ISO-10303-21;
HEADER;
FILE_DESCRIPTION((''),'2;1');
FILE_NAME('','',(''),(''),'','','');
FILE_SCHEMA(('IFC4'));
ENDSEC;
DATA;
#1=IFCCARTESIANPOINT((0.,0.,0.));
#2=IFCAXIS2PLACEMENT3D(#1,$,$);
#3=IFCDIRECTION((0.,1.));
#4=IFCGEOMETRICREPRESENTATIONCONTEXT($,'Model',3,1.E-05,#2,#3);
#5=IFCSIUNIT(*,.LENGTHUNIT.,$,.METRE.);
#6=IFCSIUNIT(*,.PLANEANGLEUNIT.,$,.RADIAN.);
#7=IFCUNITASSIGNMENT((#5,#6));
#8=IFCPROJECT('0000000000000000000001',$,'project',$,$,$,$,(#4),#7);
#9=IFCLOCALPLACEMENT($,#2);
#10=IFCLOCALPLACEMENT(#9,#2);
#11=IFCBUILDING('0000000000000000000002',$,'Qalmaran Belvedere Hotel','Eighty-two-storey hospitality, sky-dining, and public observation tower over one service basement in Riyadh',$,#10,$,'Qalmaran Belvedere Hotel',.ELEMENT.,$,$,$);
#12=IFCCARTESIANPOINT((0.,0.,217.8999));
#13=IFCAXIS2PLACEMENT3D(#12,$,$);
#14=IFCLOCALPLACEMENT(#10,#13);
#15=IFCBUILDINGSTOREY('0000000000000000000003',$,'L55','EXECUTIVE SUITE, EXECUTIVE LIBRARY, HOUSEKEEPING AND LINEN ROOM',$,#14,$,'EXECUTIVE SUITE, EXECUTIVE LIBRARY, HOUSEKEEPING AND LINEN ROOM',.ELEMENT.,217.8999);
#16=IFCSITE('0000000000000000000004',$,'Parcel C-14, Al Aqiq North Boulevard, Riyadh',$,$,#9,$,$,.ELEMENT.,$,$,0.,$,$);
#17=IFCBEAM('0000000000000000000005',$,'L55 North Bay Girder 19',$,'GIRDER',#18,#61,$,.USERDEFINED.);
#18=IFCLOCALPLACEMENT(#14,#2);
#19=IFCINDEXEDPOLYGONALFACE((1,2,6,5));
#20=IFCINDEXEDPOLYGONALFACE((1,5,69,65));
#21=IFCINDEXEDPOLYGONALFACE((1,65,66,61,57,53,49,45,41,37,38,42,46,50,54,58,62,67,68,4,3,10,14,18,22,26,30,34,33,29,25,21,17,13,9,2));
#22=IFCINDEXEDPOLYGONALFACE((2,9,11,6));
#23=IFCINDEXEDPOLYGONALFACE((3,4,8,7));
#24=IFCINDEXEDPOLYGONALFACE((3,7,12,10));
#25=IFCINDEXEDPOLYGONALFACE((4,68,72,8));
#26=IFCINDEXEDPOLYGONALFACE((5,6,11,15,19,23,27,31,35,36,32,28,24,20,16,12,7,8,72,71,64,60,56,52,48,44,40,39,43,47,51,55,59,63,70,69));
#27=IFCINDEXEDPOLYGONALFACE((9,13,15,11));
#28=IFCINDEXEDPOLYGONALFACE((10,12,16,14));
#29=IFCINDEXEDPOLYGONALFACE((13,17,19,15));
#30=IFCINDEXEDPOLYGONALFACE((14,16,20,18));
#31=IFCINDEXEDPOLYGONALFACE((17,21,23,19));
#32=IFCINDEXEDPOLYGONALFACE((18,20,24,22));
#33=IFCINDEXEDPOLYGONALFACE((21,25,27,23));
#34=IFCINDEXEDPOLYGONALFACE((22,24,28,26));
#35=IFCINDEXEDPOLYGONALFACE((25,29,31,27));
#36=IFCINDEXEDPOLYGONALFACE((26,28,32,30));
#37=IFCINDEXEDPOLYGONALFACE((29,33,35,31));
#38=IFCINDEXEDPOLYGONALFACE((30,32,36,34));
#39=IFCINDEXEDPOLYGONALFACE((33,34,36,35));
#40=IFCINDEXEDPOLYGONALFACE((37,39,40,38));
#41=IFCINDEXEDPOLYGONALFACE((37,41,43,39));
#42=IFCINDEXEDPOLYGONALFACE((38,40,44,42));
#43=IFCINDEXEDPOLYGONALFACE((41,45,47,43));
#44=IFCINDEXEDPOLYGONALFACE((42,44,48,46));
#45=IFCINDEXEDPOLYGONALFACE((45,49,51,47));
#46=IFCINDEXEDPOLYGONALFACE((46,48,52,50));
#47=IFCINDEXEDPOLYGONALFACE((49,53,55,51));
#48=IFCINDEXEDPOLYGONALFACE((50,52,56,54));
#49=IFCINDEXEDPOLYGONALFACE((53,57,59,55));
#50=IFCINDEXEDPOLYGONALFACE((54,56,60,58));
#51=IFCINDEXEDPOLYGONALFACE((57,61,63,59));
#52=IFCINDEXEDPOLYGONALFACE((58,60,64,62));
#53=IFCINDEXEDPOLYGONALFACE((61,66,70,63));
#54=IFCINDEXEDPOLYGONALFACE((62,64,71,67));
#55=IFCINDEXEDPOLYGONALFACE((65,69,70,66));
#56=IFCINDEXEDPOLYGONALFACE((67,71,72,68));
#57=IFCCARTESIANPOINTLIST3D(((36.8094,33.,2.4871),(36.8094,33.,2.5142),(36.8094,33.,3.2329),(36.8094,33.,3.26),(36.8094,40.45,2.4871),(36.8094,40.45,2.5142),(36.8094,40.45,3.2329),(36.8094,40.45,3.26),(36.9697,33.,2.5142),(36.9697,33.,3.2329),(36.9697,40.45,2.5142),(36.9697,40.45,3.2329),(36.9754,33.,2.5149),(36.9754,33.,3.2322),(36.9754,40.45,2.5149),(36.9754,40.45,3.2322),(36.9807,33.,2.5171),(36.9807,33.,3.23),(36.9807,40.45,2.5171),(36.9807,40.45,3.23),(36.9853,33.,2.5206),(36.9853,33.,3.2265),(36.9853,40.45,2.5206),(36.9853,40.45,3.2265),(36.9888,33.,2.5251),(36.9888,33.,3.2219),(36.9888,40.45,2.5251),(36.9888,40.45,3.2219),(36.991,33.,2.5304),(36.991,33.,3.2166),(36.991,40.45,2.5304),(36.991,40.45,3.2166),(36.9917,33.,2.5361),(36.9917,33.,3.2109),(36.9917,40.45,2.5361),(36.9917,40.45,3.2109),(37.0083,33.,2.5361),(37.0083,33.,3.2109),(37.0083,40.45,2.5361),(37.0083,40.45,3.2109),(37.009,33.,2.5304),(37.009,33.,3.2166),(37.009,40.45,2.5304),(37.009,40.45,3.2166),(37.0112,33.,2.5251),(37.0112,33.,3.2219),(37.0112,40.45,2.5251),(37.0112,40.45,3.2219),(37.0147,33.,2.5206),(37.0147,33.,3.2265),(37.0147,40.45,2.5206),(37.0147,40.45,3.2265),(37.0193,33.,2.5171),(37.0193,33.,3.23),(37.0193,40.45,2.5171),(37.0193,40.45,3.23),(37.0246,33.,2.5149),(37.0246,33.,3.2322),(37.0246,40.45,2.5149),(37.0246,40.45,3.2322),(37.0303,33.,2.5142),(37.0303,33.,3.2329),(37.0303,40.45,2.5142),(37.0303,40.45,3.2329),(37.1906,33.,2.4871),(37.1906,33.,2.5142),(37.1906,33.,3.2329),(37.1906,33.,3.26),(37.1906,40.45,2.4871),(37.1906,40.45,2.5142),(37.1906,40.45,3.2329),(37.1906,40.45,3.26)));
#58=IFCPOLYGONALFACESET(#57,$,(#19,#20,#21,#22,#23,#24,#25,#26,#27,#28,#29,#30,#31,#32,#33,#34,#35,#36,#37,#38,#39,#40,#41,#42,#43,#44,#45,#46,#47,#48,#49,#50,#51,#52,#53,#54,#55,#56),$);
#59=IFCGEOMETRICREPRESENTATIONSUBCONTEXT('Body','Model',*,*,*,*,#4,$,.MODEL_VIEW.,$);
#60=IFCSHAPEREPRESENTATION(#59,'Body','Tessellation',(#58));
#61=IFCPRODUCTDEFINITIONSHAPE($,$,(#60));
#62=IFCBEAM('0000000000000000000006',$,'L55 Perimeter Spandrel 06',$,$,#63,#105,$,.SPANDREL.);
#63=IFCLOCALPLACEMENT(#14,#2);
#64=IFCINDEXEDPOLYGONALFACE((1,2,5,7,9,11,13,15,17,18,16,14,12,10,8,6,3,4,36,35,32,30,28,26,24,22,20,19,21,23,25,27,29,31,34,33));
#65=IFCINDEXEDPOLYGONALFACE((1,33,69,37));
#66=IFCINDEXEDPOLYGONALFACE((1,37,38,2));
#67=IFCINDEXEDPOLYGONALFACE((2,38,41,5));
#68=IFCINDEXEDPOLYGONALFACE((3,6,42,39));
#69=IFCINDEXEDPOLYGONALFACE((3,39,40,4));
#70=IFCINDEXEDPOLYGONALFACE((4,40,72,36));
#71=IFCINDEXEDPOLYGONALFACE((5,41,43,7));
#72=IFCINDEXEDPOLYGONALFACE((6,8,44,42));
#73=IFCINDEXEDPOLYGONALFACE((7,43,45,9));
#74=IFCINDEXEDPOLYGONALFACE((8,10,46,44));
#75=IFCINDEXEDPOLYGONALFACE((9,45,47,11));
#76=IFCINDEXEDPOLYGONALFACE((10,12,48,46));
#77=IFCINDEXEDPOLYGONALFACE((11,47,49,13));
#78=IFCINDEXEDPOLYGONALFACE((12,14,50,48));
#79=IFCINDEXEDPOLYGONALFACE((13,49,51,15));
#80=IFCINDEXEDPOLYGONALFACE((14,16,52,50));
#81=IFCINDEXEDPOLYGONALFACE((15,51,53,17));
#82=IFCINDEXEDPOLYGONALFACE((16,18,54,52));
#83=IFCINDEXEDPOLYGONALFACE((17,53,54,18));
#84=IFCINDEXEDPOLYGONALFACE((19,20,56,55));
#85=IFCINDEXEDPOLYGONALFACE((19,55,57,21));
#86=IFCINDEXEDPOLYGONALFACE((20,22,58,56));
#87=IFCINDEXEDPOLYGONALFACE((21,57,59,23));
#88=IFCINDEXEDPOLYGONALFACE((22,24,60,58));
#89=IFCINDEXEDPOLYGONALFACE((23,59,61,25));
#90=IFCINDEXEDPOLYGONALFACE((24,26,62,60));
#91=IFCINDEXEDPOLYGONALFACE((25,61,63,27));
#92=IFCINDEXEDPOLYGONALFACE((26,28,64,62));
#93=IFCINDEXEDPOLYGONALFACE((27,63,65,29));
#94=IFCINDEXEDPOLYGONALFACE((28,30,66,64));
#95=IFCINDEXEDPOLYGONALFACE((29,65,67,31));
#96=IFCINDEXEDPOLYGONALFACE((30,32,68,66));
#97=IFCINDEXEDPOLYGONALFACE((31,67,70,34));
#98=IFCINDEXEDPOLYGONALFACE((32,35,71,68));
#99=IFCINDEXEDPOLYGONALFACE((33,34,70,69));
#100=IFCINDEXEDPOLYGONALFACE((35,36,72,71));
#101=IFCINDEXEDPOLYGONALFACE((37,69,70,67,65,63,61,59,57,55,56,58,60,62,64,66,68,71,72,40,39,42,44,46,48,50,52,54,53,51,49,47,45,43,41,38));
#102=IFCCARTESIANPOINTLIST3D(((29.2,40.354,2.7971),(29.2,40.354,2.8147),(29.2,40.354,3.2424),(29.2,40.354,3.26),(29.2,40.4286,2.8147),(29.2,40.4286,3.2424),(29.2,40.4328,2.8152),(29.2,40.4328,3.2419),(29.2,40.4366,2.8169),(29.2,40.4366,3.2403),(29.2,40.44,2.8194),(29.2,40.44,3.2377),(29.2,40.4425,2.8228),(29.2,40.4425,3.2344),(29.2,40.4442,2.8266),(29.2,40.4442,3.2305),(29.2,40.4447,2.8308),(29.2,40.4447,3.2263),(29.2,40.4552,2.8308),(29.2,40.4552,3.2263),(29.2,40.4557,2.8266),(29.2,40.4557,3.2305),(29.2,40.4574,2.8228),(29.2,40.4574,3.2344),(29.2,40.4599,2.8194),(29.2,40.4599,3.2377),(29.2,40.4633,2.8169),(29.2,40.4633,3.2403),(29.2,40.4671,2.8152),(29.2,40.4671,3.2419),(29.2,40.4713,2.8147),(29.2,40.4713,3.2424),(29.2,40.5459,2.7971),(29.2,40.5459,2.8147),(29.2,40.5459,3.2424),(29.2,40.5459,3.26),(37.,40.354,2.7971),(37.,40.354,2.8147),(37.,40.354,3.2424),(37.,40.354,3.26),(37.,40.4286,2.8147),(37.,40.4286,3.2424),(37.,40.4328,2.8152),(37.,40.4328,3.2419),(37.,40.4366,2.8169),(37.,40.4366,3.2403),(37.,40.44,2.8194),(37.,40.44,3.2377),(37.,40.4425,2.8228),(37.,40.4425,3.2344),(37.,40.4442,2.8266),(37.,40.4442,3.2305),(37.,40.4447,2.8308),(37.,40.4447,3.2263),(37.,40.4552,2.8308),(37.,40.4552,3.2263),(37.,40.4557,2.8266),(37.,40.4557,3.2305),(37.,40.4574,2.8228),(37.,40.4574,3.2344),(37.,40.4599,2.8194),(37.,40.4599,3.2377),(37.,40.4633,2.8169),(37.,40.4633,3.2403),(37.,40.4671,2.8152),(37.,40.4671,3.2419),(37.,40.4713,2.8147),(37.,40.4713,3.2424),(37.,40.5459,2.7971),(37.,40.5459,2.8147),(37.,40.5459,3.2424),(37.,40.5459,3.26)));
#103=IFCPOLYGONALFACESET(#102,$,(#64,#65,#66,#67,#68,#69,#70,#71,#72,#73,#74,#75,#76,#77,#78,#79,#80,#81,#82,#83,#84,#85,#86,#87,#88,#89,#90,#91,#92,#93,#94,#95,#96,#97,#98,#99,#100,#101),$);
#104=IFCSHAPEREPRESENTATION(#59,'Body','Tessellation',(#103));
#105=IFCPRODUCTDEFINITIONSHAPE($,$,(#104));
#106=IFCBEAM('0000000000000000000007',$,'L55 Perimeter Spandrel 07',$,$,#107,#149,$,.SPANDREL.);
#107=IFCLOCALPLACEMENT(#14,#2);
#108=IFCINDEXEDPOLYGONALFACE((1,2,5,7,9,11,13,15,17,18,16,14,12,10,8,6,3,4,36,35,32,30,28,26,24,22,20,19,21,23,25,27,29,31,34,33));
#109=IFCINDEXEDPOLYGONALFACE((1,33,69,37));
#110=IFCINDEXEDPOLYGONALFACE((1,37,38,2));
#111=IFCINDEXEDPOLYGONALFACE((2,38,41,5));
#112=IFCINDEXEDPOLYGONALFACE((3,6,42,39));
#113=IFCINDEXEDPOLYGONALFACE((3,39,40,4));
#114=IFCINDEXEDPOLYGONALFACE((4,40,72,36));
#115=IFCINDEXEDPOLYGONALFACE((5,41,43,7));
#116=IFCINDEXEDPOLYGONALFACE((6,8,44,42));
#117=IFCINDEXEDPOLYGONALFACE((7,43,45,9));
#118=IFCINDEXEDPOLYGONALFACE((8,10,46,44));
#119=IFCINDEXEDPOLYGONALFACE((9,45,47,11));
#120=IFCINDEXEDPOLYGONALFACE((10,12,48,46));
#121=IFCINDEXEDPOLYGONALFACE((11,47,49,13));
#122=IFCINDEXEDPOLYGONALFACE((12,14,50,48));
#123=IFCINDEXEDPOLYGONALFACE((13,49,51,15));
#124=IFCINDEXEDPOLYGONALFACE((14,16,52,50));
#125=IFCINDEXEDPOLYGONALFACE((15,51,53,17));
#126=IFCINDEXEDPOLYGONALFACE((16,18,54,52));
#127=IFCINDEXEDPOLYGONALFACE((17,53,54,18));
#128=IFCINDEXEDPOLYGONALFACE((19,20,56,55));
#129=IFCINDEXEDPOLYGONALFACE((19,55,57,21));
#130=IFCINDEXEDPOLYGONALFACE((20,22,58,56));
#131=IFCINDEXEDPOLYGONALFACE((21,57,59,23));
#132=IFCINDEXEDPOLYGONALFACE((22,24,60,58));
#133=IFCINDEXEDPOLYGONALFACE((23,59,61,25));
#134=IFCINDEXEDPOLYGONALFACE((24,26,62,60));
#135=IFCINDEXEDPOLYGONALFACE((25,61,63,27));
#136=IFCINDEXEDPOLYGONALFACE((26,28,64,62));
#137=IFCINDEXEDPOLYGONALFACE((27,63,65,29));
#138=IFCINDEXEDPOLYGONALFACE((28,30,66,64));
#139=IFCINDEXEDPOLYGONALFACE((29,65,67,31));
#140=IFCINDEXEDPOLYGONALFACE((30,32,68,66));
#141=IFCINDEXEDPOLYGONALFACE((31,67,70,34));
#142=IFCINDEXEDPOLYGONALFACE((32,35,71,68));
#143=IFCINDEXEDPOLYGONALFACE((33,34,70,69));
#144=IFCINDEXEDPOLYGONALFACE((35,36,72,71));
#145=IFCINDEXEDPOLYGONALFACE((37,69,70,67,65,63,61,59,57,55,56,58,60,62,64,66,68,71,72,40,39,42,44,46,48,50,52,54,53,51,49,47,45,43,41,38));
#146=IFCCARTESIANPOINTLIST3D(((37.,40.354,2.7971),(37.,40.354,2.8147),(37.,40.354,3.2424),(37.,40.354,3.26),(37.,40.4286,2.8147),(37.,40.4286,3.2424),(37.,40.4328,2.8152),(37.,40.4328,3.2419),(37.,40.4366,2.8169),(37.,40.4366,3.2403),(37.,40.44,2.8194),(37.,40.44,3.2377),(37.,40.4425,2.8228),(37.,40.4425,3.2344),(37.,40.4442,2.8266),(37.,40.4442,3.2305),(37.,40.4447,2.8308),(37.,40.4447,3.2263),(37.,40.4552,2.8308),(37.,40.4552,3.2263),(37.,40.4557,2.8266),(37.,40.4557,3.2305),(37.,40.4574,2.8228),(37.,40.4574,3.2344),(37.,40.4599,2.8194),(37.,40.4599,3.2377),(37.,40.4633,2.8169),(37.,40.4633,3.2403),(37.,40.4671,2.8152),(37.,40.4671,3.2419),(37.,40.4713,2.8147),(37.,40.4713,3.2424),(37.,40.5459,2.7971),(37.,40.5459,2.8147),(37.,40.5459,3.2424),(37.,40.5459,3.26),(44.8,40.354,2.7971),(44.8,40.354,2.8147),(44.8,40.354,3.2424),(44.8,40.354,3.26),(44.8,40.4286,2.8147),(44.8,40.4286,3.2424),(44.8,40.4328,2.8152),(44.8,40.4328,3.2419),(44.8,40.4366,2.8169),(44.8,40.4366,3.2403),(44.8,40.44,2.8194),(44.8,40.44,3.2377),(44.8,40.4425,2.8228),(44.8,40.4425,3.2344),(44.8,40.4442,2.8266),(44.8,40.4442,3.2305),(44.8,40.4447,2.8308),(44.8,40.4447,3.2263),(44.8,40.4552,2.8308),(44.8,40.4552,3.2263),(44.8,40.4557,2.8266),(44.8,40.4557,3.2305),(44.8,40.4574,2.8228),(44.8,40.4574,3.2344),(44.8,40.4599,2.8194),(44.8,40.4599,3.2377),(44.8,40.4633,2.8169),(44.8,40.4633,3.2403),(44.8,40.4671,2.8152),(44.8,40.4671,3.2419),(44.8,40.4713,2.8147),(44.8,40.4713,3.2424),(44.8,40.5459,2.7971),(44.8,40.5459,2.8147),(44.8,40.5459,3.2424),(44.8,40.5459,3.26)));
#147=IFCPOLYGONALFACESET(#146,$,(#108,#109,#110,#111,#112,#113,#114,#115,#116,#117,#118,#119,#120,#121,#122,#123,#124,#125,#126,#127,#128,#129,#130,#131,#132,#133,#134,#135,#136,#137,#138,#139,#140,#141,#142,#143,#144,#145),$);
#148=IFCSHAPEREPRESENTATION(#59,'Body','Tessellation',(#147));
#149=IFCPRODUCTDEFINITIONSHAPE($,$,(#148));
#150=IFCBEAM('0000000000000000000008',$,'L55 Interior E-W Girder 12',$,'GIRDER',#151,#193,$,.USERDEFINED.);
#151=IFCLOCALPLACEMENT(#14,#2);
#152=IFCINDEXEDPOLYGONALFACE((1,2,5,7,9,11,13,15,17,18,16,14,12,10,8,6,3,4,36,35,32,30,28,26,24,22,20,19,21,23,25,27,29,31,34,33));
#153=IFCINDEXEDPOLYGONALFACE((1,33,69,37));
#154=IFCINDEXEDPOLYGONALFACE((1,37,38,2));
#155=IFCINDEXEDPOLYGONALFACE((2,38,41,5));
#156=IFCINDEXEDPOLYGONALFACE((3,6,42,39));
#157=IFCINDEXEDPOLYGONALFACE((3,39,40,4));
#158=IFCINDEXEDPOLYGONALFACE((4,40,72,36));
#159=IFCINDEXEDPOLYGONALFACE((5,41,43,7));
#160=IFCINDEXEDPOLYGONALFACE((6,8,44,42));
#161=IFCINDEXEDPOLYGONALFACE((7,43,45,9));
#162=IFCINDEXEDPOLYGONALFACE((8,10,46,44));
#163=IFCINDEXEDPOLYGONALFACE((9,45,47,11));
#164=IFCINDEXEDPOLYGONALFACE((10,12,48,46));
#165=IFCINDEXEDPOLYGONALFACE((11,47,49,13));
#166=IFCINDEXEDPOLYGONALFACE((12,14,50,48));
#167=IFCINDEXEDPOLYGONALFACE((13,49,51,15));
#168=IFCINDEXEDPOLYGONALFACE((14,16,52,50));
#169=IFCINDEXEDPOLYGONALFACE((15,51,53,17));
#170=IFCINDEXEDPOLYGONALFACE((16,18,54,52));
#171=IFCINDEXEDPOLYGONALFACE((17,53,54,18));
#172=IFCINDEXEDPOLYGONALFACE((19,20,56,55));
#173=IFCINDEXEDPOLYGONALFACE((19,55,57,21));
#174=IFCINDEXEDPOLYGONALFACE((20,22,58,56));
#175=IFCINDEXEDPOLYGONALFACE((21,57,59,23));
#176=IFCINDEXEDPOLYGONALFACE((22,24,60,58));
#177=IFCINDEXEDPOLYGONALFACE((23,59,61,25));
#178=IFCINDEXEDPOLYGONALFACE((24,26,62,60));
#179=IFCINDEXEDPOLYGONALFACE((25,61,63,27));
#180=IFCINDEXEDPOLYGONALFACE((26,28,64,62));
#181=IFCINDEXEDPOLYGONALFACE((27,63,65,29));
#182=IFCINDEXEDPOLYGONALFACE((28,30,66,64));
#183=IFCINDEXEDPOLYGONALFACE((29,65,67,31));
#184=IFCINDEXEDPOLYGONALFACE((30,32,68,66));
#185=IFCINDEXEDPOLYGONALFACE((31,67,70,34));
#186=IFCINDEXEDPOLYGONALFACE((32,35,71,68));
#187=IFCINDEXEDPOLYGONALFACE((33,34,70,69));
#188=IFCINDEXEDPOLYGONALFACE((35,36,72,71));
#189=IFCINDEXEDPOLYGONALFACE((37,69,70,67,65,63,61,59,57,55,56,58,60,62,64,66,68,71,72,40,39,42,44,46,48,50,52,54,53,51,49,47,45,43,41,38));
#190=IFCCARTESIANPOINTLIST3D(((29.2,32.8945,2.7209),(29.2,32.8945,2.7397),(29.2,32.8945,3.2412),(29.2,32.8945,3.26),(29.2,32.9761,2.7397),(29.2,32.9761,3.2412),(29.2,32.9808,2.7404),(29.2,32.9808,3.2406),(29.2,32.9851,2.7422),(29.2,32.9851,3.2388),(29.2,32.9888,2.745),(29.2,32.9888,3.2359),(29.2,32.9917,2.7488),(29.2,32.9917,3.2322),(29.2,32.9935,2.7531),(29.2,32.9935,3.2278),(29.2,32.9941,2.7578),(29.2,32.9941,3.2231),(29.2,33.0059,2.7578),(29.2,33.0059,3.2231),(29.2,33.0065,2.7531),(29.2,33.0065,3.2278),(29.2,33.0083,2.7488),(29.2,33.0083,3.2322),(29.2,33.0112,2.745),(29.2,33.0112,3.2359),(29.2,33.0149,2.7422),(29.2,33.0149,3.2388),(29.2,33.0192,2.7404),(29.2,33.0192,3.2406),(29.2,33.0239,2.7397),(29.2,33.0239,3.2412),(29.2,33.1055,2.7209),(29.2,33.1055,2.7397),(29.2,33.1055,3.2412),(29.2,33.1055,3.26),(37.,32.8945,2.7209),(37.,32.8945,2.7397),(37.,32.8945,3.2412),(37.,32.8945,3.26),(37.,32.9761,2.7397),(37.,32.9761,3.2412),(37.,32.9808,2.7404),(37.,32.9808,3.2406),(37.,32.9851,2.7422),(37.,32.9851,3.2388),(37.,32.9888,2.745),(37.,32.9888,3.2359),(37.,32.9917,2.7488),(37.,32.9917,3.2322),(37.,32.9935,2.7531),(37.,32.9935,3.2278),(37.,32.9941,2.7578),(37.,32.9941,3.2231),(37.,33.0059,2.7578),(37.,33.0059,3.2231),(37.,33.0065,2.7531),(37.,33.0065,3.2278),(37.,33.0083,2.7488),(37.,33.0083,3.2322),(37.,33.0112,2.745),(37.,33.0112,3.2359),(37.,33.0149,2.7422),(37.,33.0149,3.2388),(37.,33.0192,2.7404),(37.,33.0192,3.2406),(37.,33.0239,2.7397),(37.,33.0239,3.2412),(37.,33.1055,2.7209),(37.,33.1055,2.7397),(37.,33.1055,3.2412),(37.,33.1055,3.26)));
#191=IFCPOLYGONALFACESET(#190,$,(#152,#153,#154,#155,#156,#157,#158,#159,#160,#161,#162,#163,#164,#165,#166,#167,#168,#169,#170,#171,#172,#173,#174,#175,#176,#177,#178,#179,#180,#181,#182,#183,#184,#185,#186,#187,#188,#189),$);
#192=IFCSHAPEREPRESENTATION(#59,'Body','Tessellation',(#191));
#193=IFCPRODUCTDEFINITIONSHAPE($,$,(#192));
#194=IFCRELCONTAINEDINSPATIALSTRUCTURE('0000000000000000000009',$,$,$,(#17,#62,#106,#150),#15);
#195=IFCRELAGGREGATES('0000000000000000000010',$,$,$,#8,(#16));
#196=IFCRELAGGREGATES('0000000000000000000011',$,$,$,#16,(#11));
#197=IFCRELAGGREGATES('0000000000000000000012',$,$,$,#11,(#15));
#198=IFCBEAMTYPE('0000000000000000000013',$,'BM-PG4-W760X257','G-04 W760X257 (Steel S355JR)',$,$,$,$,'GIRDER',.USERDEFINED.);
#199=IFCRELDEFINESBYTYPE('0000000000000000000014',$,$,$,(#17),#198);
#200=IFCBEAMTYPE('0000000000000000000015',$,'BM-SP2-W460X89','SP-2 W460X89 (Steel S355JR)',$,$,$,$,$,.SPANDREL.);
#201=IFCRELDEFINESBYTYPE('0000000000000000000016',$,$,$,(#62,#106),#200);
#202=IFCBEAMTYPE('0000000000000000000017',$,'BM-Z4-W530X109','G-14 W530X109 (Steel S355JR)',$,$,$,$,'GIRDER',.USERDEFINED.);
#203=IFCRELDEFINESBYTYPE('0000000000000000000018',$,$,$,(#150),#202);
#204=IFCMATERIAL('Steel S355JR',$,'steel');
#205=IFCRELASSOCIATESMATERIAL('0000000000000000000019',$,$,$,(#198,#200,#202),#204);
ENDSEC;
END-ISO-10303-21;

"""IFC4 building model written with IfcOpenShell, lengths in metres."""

from ifc_helpers import new_model, si_unit, direction, frame, origin, origin_2d, place, context, subcontext, project, spatial, i_section, extrude, material, material_profile, profile_set, type_object, element, save


model = new_model("IFC4")

# Units and contexts
model_context = context("Model", 3, precision=1e-05, world=origin(), true_north=direction((0.0, 1.0)))
body_context = subcontext(model_context, "Body", "Model", "MODEL_VIEW")
ifc_project = project(units=[si_unit("LENGTHUNIT", "METRE"), si_unit("PLANEANGLEUNIT", "RADIAN")], contexts=[model_context])

# Site, building, storey
site_placement = place(None, origin())
site = spatial("IfcSite", under=ifc_project, at=site_placement, Name="Parcel C-14, Al Aqiq North Boulevard, Riyadh", CompositionType="ELEMENT", RefElevation=0.0)
building_placement = place(site_placement, origin())
building = spatial("IfcBuilding", under=site, at=building_placement, Name="Qalmaran Belvedere Hotel", Description="Eighty-two-storey hospitality, sky-dining, and public observation tower over one service basement in Riyadh", LongName="Qalmaran Belvedere Hotel", CompositionType="ELEMENT")
storey_placement = place(building_placement, frame((0.0, 0.0, 217.8999)))
storey = spatial("IfcBuildingStorey", under=building, at=storey_placement, Name="L55", Description="EXECUTIVE SUITE, EXECUTIVE LIBRARY, HOUSEKEEPING AND LINEN ROOM", LongName="EXECUTIVE SUITE, EXECUTIVE LIBRARY, HOUSEKEEPING AND LINEN ROOM", CompositionType="ELEMENT", Elevation=217.8999)

# Beams
ifc_material_1 = material(Name="Steel S355JR", Category="steel")
ifc_material_profile_1 = material_profile(ifc_material_1, i_section(OverallWidth=0.3811, OverallDepth=0.7729, WebThickness=0.0166, FlangeThickness=0.0271, FilletRadius=0.022, at=origin_2d()), Name="W760X257")
ifc_profile_set_1 = profile_set([ifc_material_profile_1], Name="Steel S355JR")
beam_type_1 = type_object("IfcBeamType", Name="BM-PG4-W760X257", Description="G-04 W760X257 (Steel S355JR)", ElementType="GIRDER", PredefinedType="USERDEFINED", material=ifc_profile_set_1)
for number, where, z_axis, x_axis, name in (
    (1, (37.0, 33.0, 2.8735), (0.0, 1.0, 0.0), (-1.0, 0.0, 0.0), "L55 North Bay Girder 19"),
):
    element("IfcBeam", number, at=place(storey_placement, frame(where, z_axis=z_axis, x_axis=x_axis)), inside=storey, type_object=beam_type_1, Name=name, ObjectType="GIRDER", PredefinedType="USERDEFINED", context=body_context, shape_type="SweptSolid", body=[
        extrude(i_section(OverallWidth=0.3811, OverallDepth=0.7729, WebThickness=0.0166, FlangeThickness=0.0271, FilletRadius=0.022, at=origin_2d()), origin(), (0.0, 0.0, 1.0), 7.45),
    ])
ifc_material_profile_2 = material_profile(ifc_material_1, i_section(OverallWidth=0.1919, OverallDepth=0.4629, WebThickness=0.0105, FlangeThickness=0.0176, FilletRadius=0.0161, at=origin_2d()), Name="W460X89")
ifc_profile_set_2 = profile_set([ifc_material_profile_2], Name="Steel S355JR")
beam_type_2 = type_object("IfcBeamType", Name="BM-SP2-W460X89", Description="SP-2 W460X89 (Steel S355JR)", PredefinedType="SPANDREL", material=ifc_profile_set_2)
for number, where, z_axis, x_axis, name in (
    (2, (29.2, 40.45, 3.0286), (1.0, 0.0, 0.0), (0.0, 1.0, 0.0), "L55 Perimeter Spandrel 06"),
    (3, (37.0, 40.45, 3.0286), (1.0, 0.0, 0.0), (0.0, 1.0, 0.0), "L55 Perimeter Spandrel 07"),
):
    element("IfcBeam", number, at=place(storey_placement, frame(where, z_axis=z_axis, x_axis=x_axis)), inside=storey, type_object=beam_type_2, Name=name, PredefinedType="SPANDREL", context=body_context, shape_type="SweptSolid", body=[
        extrude(i_section(OverallWidth=0.1919, OverallDepth=0.4629, WebThickness=0.0105, FlangeThickness=0.0176, FilletRadius=0.0161, at=origin_2d()), origin(), (0.0, 0.0, 1.0), 7.8),
    ])
ifc_material_profile_3 = material_profile(ifc_material_1, i_section(OverallWidth=0.2109, OverallDepth=0.5391, WebThickness=0.0117, FlangeThickness=0.0188, FilletRadius=0.0181, at=origin_2d()), Name="W530X109")
ifc_profile_set_3 = profile_set([ifc_material_profile_3], Name="Steel S355JR")
beam_type_3 = type_object("IfcBeamType", Name="BM-Z4-W530X109", Description="G-14 W530X109 (Steel S355JR)", ElementType="GIRDER", PredefinedType="USERDEFINED", material=ifc_profile_set_3)
for number, where, z_axis, x_axis, name in (
    (4, (29.2, 33.0, 2.9905), (1.0, 0.0, 0.0), (0.0, 1.0, 0.0), "L55 Interior E-W Girder 12"),
):
    element("IfcBeam", number, at=place(storey_placement, frame(where, z_axis=z_axis, x_axis=x_axis)), inside=storey, type_object=beam_type_3, Name=name, ObjectType="GIRDER", PredefinedType="USERDEFINED", context=body_context, shape_type="SweptSolid", body=[
        extrude(i_section(OverallWidth=0.2109, OverallDepth=0.5391, WebThickness=0.0117, FlangeThickness=0.0188, FilletRadius=0.0181, at=origin_2d()), origin(), (0.0, 0.0, 1.0), 7.8),
    ])

save(model, "model.ifc")
